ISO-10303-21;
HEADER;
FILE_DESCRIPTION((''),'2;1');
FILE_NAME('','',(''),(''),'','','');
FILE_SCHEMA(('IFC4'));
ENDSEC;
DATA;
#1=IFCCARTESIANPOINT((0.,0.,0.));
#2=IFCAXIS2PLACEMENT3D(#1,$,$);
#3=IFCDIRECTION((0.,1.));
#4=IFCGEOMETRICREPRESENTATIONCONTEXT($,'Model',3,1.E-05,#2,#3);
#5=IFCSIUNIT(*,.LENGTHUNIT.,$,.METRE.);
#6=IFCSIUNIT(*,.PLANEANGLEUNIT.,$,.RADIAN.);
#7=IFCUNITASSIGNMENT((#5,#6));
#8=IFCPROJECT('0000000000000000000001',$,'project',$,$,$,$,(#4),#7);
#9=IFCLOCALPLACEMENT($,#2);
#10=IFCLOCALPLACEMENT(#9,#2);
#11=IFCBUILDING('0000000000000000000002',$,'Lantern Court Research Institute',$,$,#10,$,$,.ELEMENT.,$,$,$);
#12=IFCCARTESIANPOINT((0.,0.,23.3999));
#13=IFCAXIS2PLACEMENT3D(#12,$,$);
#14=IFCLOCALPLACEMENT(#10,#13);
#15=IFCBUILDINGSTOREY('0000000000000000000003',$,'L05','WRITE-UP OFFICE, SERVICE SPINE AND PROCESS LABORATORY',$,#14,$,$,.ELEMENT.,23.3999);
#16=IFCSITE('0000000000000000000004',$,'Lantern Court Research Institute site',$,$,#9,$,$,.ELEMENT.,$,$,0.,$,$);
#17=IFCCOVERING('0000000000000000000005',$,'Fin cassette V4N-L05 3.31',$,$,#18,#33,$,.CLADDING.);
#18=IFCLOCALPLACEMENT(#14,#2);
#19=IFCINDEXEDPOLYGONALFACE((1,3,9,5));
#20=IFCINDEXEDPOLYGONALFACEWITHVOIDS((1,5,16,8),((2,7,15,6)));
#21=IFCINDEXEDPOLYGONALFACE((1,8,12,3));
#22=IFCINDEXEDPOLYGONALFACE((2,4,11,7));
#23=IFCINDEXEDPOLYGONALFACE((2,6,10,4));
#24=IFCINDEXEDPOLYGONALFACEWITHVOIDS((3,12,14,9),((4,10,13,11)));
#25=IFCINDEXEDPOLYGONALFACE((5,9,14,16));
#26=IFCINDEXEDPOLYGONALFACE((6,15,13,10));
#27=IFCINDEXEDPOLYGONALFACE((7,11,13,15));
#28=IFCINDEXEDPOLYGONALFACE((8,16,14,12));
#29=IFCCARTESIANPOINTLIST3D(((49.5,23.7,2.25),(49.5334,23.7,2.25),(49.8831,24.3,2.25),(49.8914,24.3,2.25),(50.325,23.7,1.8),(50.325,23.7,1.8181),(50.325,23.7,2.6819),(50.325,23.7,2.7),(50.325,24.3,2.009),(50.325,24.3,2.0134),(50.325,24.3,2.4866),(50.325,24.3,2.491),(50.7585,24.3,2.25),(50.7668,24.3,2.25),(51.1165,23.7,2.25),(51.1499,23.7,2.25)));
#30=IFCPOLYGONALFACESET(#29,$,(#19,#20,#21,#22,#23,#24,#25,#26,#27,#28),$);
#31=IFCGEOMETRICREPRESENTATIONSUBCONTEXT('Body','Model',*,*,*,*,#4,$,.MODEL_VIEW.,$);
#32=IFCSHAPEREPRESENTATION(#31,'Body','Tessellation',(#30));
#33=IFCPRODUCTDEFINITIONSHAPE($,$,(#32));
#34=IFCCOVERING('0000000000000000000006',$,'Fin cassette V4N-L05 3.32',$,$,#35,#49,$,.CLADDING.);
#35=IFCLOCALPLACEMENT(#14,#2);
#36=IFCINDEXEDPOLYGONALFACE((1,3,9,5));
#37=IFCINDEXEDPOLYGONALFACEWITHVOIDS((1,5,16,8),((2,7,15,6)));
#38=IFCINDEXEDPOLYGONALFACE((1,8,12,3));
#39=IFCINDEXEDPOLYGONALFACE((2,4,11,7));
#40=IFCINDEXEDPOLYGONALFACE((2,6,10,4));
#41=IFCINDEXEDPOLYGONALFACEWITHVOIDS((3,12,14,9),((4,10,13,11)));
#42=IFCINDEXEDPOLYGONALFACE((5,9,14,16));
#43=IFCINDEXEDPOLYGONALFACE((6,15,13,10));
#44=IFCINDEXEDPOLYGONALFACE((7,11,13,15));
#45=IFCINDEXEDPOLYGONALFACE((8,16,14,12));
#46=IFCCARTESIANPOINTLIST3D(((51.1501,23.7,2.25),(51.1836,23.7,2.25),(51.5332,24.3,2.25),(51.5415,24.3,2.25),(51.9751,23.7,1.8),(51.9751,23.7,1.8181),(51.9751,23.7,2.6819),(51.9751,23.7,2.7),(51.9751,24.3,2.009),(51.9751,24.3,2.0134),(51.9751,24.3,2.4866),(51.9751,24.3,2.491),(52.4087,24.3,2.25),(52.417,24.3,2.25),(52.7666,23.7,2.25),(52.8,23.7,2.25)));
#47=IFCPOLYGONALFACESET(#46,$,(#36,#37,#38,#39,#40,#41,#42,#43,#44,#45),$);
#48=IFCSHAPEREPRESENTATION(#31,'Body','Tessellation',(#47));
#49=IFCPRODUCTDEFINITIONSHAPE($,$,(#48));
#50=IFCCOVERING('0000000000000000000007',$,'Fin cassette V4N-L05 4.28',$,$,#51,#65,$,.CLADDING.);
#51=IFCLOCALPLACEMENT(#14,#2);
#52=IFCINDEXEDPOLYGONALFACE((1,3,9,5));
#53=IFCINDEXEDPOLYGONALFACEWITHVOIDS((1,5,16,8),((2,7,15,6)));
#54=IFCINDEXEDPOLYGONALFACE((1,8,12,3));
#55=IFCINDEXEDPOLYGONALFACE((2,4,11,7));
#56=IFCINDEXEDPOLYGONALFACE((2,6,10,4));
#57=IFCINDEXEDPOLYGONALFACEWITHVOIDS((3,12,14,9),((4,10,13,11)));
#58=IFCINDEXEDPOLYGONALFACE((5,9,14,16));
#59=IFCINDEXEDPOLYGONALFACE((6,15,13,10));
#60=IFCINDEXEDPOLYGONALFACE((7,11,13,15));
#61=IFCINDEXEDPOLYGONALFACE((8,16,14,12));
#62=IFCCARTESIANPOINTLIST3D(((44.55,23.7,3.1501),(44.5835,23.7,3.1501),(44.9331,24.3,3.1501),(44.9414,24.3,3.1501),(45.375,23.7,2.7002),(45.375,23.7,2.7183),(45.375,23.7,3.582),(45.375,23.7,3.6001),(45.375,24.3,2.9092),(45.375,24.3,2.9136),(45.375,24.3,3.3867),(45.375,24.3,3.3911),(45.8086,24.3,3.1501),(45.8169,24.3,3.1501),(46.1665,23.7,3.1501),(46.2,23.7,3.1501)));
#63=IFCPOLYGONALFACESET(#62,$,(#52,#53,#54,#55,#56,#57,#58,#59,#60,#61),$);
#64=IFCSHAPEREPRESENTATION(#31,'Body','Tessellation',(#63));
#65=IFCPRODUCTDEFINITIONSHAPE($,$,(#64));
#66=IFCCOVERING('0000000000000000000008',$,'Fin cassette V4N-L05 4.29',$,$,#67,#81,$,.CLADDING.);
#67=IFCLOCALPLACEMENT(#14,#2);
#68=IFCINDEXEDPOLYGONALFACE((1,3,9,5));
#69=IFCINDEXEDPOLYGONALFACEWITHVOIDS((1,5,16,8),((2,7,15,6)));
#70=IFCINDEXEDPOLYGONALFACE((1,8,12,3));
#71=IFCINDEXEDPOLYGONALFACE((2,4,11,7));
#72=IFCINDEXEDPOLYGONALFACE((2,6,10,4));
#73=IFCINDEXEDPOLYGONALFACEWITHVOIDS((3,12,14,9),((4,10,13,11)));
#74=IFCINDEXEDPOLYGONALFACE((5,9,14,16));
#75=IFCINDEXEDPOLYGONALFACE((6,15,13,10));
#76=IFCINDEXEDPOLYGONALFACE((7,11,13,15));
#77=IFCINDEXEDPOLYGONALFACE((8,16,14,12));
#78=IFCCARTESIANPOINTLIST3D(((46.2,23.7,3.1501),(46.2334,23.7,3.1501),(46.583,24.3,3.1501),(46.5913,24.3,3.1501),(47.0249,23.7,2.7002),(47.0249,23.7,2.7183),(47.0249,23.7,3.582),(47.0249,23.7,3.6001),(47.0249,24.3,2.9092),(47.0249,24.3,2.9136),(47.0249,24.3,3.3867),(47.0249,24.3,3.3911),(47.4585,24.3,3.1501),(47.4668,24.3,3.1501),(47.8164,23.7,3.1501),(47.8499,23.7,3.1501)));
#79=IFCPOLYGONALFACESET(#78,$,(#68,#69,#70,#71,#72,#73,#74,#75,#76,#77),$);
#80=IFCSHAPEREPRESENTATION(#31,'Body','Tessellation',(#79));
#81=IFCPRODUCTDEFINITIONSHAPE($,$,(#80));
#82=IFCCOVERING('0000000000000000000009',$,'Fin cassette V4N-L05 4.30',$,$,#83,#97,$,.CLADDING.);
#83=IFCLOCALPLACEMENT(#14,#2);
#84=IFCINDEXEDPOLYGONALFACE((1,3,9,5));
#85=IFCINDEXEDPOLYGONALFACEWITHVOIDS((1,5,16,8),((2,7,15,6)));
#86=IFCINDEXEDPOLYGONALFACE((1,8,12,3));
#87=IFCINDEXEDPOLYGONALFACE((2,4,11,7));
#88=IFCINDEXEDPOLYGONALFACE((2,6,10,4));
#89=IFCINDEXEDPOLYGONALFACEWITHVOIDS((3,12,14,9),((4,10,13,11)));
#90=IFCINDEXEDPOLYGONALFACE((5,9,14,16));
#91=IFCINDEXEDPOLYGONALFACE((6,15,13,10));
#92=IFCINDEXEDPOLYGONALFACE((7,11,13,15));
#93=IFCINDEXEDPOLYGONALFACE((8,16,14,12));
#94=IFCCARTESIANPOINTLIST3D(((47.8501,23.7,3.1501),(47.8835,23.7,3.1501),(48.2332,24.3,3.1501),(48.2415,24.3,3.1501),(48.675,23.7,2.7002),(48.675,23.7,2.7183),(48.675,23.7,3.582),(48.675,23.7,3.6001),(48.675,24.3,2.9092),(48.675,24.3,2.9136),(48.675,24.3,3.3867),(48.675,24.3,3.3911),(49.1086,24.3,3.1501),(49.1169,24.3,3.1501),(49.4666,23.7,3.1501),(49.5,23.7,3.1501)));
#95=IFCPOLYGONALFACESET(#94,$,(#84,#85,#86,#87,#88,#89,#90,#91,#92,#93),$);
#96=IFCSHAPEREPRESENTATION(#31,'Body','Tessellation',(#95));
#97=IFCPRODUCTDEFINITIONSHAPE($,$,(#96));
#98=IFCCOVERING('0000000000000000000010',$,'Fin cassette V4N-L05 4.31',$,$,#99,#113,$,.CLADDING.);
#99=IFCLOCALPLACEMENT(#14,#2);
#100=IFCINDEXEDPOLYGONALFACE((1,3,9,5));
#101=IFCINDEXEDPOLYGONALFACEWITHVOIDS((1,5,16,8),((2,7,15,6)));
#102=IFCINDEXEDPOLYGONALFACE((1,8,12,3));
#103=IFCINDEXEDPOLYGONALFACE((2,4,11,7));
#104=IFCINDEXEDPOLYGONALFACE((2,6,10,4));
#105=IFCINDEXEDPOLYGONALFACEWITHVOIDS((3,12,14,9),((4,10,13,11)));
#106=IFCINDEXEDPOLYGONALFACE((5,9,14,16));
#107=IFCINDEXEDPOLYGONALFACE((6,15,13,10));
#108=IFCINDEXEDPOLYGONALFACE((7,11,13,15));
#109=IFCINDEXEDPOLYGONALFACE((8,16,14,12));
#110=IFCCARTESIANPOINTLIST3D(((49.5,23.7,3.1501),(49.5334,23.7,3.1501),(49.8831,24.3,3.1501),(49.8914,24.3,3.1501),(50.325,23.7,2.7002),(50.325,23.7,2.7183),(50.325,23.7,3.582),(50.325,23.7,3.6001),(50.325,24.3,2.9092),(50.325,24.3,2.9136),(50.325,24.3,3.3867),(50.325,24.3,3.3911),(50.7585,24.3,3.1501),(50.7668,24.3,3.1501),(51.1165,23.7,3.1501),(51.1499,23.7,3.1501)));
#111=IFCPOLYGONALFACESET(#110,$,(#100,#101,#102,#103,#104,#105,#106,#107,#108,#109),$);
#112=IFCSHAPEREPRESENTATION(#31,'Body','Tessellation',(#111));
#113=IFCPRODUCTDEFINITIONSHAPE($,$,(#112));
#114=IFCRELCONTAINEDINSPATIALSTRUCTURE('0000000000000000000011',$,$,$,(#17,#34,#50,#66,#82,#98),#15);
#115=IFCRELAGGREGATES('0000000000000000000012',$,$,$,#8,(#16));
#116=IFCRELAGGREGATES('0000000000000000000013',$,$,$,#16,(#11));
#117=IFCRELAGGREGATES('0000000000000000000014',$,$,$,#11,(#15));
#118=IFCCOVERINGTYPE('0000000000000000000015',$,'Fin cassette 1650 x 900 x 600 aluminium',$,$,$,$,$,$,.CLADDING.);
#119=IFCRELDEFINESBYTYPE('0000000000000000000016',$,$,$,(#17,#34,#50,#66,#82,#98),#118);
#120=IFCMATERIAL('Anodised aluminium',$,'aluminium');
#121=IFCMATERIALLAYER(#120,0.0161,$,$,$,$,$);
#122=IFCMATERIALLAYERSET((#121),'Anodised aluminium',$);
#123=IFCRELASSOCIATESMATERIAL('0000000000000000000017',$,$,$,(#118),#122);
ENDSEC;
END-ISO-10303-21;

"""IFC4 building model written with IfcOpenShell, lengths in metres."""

from ifc_helpers import new_model, entity, si_unit, direction, frame, origin, place, context, subcontext, project, spatial, material, layer, layer_set, type_object, element, save


model = new_model("IFC4")

# Units and contexts
model_context = context("Model", 3, precision=1e-05, world=origin(), true_north=direction((0.0, 1.0)))
body_context = subcontext(model_context, "Body", "Model", "MODEL_VIEW")
ifc_project = project(units=[si_unit("LENGTHUNIT", "METRE"), si_unit("PLANEANGLEUNIT", "RADIAN")], contexts=[model_context])

# Site, building, storey
site_placement = place(None, origin())
site = spatial("IfcSite", under=ifc_project, at=site_placement, Name="Lantern Court Research Institute site", CompositionType="ELEMENT", RefElevation=0.0)
building_placement = place(site_placement, origin())
building = spatial("IfcBuilding", under=site, at=building_placement, Name="Lantern Court Research Institute", CompositionType="ELEMENT")
storey_placement = place(building_placement, frame((0.0, 0.0, 23.3999)))
storey = spatial("IfcBuildingStorey", under=building, at=storey_placement, Name="L05", Description="WRITE-UP OFFICE, SERVICE SPINE AND PROCESS LABORATORY", CompositionType="ELEMENT", Elevation=23.3999)

# Coverings
ifc_material_1 = material(Name="Anodised aluminium", Category="aluminium")
ifc_layer = layer(ifc_material_1, 0.0161)
ifc_layer_set = layer_set([ifc_layer], Name="Anodised aluminium")
covering_type_1 = type_object("IfcCoveringType", Name="Fin cassette 1650 x 900 x 600 aluminium", PredefinedType="CLADDING", material=ifc_layer_set)
covering_1_placement = place(storey_placement, frame((50.325, 23.7, 2.25), z_axis=(0.0, 1.0, 0.0), x_axis=(-1.0, 0.0, 0.0)))
cartesian_point_1 = entity("IfcCartesianPoint", [0.825, 0.0])
cartesian_point_2 = entity("IfcCartesianPoint", [0.7915, 0.0])
cartesian_point_3 = entity("IfcCartesianPoint", [0.4419, 0.0])
cartesian_point_4 = entity("IfcCartesianPoint", [0.4336, 0.0])
element("IfcCovering", 1, at=covering_1_placement, inside=storey, type_object=covering_type_1, Name="Fin cassette V4N-L05 3.31", PredefinedType="CLADDING", context=body_context, shape_type="SweptSolid", body=[
    entity("IfcExtrudedAreaSolidTapered", entity("IfcArbitraryProfileDefWithVoids", "AREA", None, entity("IfcPolyline", [cartesian_point_1, entity("IfcCartesianPoint", [0.0, 0.45]), entity("IfcCartesianPoint", [-0.825, 0.0]), entity("IfcCartesianPoint", [0.0, -0.45]), cartesian_point_1]), [entity("IfcPolyline", [cartesian_point_2, entity("IfcCartesianPoint", [0.0, 0.4319]), entity("IfcCartesianPoint", [-0.7915, 0.0]), entity("IfcCartesianPoint", [0.0, -0.4319]), cartesian_point_2])]), entity("IfcAxis2Placement3D", entity("IfcCartesianPoint", [0.0, 0.0, 0.0])), entity("IfcDirection", [0.0, 0.0, 1.0]), 0.6001, entity("IfcArbitraryProfileDefWithVoids", "AREA", None, entity("IfcPolyline", [cartesian_point_3, entity("IfcCartesianPoint", [0.0, 0.241]), entity("IfcCartesianPoint", [-0.4419, 0.0]), entity("IfcCartesianPoint", [0.0, -0.241]), cartesian_point_3]), [entity("IfcPolyline", [cartesian_point_4, entity("IfcCartesianPoint", [0.0, 0.2366]), entity("IfcCartesianPoint", [-0.4336, 0.0]), entity("IfcCartesianPoint", [0.0, -0.2366]), cartesian_point_4])])),
])
covering_2_placement = place(storey_placement, frame((51.9751, 23.7, 2.25), z_axis=(0.0, 1.0, 0.0), x_axis=(-1.0, 0.0, 0.0)))
cartesian_point_5 = entity("IfcCartesianPoint", [0.825, 0.0])
cartesian_point_6 = entity("IfcCartesianPoint", [0.7915, 0.0])
cartesian_point_7 = entity("IfcCartesianPoint", [0.4419, 0.0])
cartesian_point_8 = entity("IfcCartesianPoint", [0.4336, 0.0])
element("IfcCovering", 2, at=covering_2_placement, inside=storey, type_object=covering_type_1, Name="Fin cassette V4N-L05 3.32", PredefinedType="CLADDING", context=body_context, shape_type="SweptSolid", body=[
    entity("IfcExtrudedAreaSolidTapered", entity("IfcArbitraryProfileDefWithVoids", "AREA", None, entity("IfcPolyline", [cartesian_point_5, entity("IfcCartesianPoint", [0.0, 0.45]), entity("IfcCartesianPoint", [-0.825, 0.0]), entity("IfcCartesianPoint", [0.0, -0.45]), cartesian_point_5]), [entity("IfcPolyline", [cartesian_point_6, entity("IfcCartesianPoint", [0.0, 0.4319]), entity("IfcCartesianPoint", [-0.7915, 0.0]), entity("IfcCartesianPoint", [0.0, -0.4319]), cartesian_point_6])]), entity("IfcAxis2Placement3D", entity("IfcCartesianPoint", [0.0, 0.0, 0.0])), entity("IfcDirection", [0.0, 0.0, 1.0]), 0.6001, entity("IfcArbitraryProfileDefWithVoids", "AREA", None, entity("IfcPolyline", [cartesian_point_7, entity("IfcCartesianPoint", [0.0, 0.241]), entity("IfcCartesianPoint", [-0.4419, 0.0]), entity("IfcCartesianPoint", [0.0, -0.241]), cartesian_point_7]), [entity("IfcPolyline", [cartesian_point_8, entity("IfcCartesianPoint", [0.0, 0.2366]), entity("IfcCartesianPoint", [-0.4336, 0.0]), entity("IfcCartesianPoint", [0.0, -0.2366]), cartesian_point_8])])),
])
covering_3_placement = place(storey_placement, frame((45.375, 23.7, 3.1501), z_axis=(0.0, 1.0, 0.0), x_axis=(-1.0, 0.0, 0.0)))
cartesian_point_9 = entity("IfcCartesianPoint", [0.825, 0.0])
cartesian_point_10 = entity("IfcCartesianPoint", [0.7915, 0.0])
cartesian_point_11 = entity("IfcCartesianPoint", [0.4419, 0.0])
cartesian_point_12 = entity("IfcCartesianPoint", [0.4336, 0.0])
element("IfcCovering", 3, at=covering_3_placement, inside=storey, type_object=covering_type_1, Name="Fin cassette V4N-L05 4.28", PredefinedType="CLADDING", context=body_context, shape_type="SweptSolid", body=[
    entity("IfcExtrudedAreaSolidTapered", entity("IfcArbitraryProfileDefWithVoids", "AREA", None, entity("IfcPolyline", [cartesian_point_9, entity("IfcCartesianPoint", [0.0, 0.45]), entity("IfcCartesianPoint", [-0.825, 0.0]), entity("IfcCartesianPoint", [0.0, -0.45]), cartesian_point_9]), [entity("IfcPolyline", [cartesian_point_10, entity("IfcCartesianPoint", [0.0, 0.4319]), entity("IfcCartesianPoint", [-0.7915, 0.0]), entity("IfcCartesianPoint", [0.0, -0.4319]), cartesian_point_10])]), entity("IfcAxis2Placement3D", entity("IfcCartesianPoint", [0.0, 0.0, 0.0])), entity("IfcDirection", [0.0, 0.0, 1.0]), 0.6001, entity("IfcArbitraryProfileDefWithVoids", "AREA", None, entity("IfcPolyline", [cartesian_point_11, entity("IfcCartesianPoint", [0.0, 0.241]), entity("IfcCartesianPoint", [-0.4419, 0.0]), entity("IfcCartesianPoint", [0.0, -0.241]), cartesian_point_11]), [entity("IfcPolyline", [cartesian_point_12, entity("IfcCartesianPoint", [0.0, 0.2366]), entity("IfcCartesianPoint", [-0.4336, 0.0]), entity("IfcCartesianPoint", [0.0, -0.2366]), cartesian_point_12])])),
])
covering_4_placement = place(storey_placement, frame((47.0249, 23.7, 3.1501), z_axis=(0.0, 1.0, 0.0), x_axis=(-1.0, 0.0, 0.0)))
cartesian_point_13 = entity("IfcCartesianPoint", [0.825, 0.0])
cartesian_point_14 = entity("IfcCartesianPoint", [0.7915, 0.0])
cartesian_point_15 = entity("IfcCartesianPoint", [0.4419, 0.0])
cartesian_point_16 = entity("IfcCartesianPoint", [0.4336, 0.0])
element("IfcCovering", 4, at=covering_4_placement, inside=storey, type_object=covering_type_1, Name="Fin cassette V4N-L05 4.29", PredefinedType="CLADDING", context=body_context, shape_type="SweptSolid", body=[
    entity("IfcExtrudedAreaSolidTapered", entity("IfcArbitraryProfileDefWithVoids", "AREA", None, entity("IfcPolyline", [cartesian_point_13, entity("IfcCartesianPoint", [0.0, 0.45]), entity("IfcCartesianPoint", [-0.825, 0.0]), entity("IfcCartesianPoint", [0.0, -0.45]), cartesian_point_13]), [entity("IfcPolyline", [cartesian_point_14, entity("IfcCartesianPoint", [0.0, 0.4319]), entity("IfcCartesianPoint", [-0.7915, 0.0]), entity("IfcCartesianPoint", [0.0, -0.4319]), cartesian_point_14])]), entity("IfcAxis2Placement3D", entity("IfcCartesianPoint", [0.0, 0.0, 0.0])), entity("IfcDirection", [0.0, 0.0, 1.0]), 0.6001, entity("IfcArbitraryProfileDefWithVoids", "AREA", None, entity("IfcPolyline", [cartesian_point_15, entity("IfcCartesianPoint", [0.0, 0.241]), entity("IfcCartesianPoint", [-0.4419, 0.0]), entity("IfcCartesianPoint", [0.0, -0.241]), cartesian_point_15]), [entity("IfcPolyline", [cartesian_point_16, entity("IfcCartesianPoint", [0.0, 0.2366]), entity("IfcCartesianPoint", [-0.4336, 0.0]), entity("IfcCartesianPoint", [0.0, -0.2366]), cartesian_point_16])])),
])
covering_5_placement = place(storey_placement, frame((48.675, 23.7, 3.1501), z_axis=(0.0, 1.0, 0.0), x_axis=(-1.0, 0.0, 0.0)))
cartesian_point_17 = entity("IfcCartesianPoint", [0.825, 0.0])
cartesian_point_18 = entity("IfcCartesianPoint", [0.7915, 0.0])
cartesian_point_19 = entity("IfcCartesianPoint", [0.4419, 0.0])
cartesian_point_20 = entity("IfcCartesianPoint", [0.4336, 0.0])
element("IfcCovering", 5, at=covering_5_placement, inside=storey, type_object=covering_type_1, Name="Fin cassette V4N-L05 4.30", PredefinedType="CLADDING", context=body_context, shape_type="SweptSolid", body=[
    entity("IfcExtrudedAreaSolidTapered", entity("IfcArbitraryProfileDefWithVoids", "AREA", None, entity("IfcPolyline", [cartesian_point_17, entity("IfcCartesianPoint", [0.0, 0.45]), entity("IfcCartesianPoint", [-0.825, 0.0]), entity("IfcCartesianPoint", [0.0, -0.45]), cartesian_point_17]), [entity("IfcPolyline", [cartesian_point_18, entity("IfcCartesianPoint", [0.0, 0.4319]), entity("IfcCartesianPoint", [-0.7915, 0.0]), entity("IfcCartesianPoint", [0.0, -0.4319]), cartesian_point_18])]), entity("IfcAxis2Placement3D", entity("IfcCartesianPoint", [0.0, 0.0, 0.0])), entity("IfcDirection", [0.0, 0.0, 1.0]), 0.6001, entity("IfcArbitraryProfileDefWithVoids", "AREA", None, entity("IfcPolyline", [cartesian_point_19, entity("IfcCartesianPoint", [0.0, 0.241]), entity("IfcCartesianPoint", [-0.4419, 0.0]), entity("IfcCartesianPoint", [0.0, -0.241]), cartesian_point_19]), [entity("IfcPolyline", [cartesian_point_20, entity("IfcCartesianPoint", [0.0, 0.2366]), entity("IfcCartesianPoint", [-0.4336, 0.0]), entity("IfcCartesianPoint", [0.0, -0.2366]), cartesian_point_20])])),
])
covering_6_placement = place(storey_placement, frame((50.325, 23.7, 3.1501), z_axis=(0.0, 1.0, 0.0), x_axis=(-1.0, 0.0, 0.0)))
cartesian_point_21 = entity("IfcCartesianPoint", [0.825, 0.0])
cartesian_point_22 = entity("IfcCartesianPoint", [0.7915, 0.0])
cartesian_point_23 = entity("IfcCartesianPoint", [0.4419, 0.0])
cartesian_point_24 = entity("IfcCartesianPoint", [0.4336, 0.0])
element("IfcCovering", 6, at=covering_6_placement, inside=storey, type_object=covering_type_1, Name="Fin cassette V4N-L05 4.31", PredefinedType="CLADDING", context=body_context, shape_type="SweptSolid", body=[
    entity("IfcExtrudedAreaSolidTapered", entity("IfcArbitraryProfileDefWithVoids", "AREA", None, entity("IfcPolyline", [cartesian_point_21, entity("IfcCartesianPoint", [0.0, 0.45]), entity("IfcCartesianPoint", [-0.825, 0.0]), entity("IfcCartesianPoint", [0.0, -0.45]), cartesian_point_21]), [entity("IfcPolyline", [cartesian_point_22, entity("IfcCartesianPoint", [0.0, 0.4319]), entity("IfcCartesianPoint", [-0.7915, 0.0]), entity("IfcCartesianPoint", [0.0, -0.4319]), cartesian_point_22])]), entity("IfcAxis2Placement3D", entity("IfcCartesianPoint", [0.0, 0.0, 0.0])), entity("IfcDirection", [0.0, 0.0, 1.0]), 0.6001, entity("IfcArbitraryProfileDefWithVoids", "AREA", None, entity("IfcPolyline", [cartesian_point_23, entity("IfcCartesianPoint", [0.0, 0.241]), entity("IfcCartesianPoint", [-0.4419, 0.0]), entity("IfcCartesianPoint", [0.0, -0.241]), cartesian_point_23]), [entity("IfcPolyline", [cartesian_point_24, entity("IfcCartesianPoint", [0.0, 0.2366]), entity("IfcCartesianPoint", [-0.4336, 0.0]), entity("IfcCartesianPoint", [0.0, -0.2366]), cartesian_point_24])])),
])

save(model, "model.ifc")
